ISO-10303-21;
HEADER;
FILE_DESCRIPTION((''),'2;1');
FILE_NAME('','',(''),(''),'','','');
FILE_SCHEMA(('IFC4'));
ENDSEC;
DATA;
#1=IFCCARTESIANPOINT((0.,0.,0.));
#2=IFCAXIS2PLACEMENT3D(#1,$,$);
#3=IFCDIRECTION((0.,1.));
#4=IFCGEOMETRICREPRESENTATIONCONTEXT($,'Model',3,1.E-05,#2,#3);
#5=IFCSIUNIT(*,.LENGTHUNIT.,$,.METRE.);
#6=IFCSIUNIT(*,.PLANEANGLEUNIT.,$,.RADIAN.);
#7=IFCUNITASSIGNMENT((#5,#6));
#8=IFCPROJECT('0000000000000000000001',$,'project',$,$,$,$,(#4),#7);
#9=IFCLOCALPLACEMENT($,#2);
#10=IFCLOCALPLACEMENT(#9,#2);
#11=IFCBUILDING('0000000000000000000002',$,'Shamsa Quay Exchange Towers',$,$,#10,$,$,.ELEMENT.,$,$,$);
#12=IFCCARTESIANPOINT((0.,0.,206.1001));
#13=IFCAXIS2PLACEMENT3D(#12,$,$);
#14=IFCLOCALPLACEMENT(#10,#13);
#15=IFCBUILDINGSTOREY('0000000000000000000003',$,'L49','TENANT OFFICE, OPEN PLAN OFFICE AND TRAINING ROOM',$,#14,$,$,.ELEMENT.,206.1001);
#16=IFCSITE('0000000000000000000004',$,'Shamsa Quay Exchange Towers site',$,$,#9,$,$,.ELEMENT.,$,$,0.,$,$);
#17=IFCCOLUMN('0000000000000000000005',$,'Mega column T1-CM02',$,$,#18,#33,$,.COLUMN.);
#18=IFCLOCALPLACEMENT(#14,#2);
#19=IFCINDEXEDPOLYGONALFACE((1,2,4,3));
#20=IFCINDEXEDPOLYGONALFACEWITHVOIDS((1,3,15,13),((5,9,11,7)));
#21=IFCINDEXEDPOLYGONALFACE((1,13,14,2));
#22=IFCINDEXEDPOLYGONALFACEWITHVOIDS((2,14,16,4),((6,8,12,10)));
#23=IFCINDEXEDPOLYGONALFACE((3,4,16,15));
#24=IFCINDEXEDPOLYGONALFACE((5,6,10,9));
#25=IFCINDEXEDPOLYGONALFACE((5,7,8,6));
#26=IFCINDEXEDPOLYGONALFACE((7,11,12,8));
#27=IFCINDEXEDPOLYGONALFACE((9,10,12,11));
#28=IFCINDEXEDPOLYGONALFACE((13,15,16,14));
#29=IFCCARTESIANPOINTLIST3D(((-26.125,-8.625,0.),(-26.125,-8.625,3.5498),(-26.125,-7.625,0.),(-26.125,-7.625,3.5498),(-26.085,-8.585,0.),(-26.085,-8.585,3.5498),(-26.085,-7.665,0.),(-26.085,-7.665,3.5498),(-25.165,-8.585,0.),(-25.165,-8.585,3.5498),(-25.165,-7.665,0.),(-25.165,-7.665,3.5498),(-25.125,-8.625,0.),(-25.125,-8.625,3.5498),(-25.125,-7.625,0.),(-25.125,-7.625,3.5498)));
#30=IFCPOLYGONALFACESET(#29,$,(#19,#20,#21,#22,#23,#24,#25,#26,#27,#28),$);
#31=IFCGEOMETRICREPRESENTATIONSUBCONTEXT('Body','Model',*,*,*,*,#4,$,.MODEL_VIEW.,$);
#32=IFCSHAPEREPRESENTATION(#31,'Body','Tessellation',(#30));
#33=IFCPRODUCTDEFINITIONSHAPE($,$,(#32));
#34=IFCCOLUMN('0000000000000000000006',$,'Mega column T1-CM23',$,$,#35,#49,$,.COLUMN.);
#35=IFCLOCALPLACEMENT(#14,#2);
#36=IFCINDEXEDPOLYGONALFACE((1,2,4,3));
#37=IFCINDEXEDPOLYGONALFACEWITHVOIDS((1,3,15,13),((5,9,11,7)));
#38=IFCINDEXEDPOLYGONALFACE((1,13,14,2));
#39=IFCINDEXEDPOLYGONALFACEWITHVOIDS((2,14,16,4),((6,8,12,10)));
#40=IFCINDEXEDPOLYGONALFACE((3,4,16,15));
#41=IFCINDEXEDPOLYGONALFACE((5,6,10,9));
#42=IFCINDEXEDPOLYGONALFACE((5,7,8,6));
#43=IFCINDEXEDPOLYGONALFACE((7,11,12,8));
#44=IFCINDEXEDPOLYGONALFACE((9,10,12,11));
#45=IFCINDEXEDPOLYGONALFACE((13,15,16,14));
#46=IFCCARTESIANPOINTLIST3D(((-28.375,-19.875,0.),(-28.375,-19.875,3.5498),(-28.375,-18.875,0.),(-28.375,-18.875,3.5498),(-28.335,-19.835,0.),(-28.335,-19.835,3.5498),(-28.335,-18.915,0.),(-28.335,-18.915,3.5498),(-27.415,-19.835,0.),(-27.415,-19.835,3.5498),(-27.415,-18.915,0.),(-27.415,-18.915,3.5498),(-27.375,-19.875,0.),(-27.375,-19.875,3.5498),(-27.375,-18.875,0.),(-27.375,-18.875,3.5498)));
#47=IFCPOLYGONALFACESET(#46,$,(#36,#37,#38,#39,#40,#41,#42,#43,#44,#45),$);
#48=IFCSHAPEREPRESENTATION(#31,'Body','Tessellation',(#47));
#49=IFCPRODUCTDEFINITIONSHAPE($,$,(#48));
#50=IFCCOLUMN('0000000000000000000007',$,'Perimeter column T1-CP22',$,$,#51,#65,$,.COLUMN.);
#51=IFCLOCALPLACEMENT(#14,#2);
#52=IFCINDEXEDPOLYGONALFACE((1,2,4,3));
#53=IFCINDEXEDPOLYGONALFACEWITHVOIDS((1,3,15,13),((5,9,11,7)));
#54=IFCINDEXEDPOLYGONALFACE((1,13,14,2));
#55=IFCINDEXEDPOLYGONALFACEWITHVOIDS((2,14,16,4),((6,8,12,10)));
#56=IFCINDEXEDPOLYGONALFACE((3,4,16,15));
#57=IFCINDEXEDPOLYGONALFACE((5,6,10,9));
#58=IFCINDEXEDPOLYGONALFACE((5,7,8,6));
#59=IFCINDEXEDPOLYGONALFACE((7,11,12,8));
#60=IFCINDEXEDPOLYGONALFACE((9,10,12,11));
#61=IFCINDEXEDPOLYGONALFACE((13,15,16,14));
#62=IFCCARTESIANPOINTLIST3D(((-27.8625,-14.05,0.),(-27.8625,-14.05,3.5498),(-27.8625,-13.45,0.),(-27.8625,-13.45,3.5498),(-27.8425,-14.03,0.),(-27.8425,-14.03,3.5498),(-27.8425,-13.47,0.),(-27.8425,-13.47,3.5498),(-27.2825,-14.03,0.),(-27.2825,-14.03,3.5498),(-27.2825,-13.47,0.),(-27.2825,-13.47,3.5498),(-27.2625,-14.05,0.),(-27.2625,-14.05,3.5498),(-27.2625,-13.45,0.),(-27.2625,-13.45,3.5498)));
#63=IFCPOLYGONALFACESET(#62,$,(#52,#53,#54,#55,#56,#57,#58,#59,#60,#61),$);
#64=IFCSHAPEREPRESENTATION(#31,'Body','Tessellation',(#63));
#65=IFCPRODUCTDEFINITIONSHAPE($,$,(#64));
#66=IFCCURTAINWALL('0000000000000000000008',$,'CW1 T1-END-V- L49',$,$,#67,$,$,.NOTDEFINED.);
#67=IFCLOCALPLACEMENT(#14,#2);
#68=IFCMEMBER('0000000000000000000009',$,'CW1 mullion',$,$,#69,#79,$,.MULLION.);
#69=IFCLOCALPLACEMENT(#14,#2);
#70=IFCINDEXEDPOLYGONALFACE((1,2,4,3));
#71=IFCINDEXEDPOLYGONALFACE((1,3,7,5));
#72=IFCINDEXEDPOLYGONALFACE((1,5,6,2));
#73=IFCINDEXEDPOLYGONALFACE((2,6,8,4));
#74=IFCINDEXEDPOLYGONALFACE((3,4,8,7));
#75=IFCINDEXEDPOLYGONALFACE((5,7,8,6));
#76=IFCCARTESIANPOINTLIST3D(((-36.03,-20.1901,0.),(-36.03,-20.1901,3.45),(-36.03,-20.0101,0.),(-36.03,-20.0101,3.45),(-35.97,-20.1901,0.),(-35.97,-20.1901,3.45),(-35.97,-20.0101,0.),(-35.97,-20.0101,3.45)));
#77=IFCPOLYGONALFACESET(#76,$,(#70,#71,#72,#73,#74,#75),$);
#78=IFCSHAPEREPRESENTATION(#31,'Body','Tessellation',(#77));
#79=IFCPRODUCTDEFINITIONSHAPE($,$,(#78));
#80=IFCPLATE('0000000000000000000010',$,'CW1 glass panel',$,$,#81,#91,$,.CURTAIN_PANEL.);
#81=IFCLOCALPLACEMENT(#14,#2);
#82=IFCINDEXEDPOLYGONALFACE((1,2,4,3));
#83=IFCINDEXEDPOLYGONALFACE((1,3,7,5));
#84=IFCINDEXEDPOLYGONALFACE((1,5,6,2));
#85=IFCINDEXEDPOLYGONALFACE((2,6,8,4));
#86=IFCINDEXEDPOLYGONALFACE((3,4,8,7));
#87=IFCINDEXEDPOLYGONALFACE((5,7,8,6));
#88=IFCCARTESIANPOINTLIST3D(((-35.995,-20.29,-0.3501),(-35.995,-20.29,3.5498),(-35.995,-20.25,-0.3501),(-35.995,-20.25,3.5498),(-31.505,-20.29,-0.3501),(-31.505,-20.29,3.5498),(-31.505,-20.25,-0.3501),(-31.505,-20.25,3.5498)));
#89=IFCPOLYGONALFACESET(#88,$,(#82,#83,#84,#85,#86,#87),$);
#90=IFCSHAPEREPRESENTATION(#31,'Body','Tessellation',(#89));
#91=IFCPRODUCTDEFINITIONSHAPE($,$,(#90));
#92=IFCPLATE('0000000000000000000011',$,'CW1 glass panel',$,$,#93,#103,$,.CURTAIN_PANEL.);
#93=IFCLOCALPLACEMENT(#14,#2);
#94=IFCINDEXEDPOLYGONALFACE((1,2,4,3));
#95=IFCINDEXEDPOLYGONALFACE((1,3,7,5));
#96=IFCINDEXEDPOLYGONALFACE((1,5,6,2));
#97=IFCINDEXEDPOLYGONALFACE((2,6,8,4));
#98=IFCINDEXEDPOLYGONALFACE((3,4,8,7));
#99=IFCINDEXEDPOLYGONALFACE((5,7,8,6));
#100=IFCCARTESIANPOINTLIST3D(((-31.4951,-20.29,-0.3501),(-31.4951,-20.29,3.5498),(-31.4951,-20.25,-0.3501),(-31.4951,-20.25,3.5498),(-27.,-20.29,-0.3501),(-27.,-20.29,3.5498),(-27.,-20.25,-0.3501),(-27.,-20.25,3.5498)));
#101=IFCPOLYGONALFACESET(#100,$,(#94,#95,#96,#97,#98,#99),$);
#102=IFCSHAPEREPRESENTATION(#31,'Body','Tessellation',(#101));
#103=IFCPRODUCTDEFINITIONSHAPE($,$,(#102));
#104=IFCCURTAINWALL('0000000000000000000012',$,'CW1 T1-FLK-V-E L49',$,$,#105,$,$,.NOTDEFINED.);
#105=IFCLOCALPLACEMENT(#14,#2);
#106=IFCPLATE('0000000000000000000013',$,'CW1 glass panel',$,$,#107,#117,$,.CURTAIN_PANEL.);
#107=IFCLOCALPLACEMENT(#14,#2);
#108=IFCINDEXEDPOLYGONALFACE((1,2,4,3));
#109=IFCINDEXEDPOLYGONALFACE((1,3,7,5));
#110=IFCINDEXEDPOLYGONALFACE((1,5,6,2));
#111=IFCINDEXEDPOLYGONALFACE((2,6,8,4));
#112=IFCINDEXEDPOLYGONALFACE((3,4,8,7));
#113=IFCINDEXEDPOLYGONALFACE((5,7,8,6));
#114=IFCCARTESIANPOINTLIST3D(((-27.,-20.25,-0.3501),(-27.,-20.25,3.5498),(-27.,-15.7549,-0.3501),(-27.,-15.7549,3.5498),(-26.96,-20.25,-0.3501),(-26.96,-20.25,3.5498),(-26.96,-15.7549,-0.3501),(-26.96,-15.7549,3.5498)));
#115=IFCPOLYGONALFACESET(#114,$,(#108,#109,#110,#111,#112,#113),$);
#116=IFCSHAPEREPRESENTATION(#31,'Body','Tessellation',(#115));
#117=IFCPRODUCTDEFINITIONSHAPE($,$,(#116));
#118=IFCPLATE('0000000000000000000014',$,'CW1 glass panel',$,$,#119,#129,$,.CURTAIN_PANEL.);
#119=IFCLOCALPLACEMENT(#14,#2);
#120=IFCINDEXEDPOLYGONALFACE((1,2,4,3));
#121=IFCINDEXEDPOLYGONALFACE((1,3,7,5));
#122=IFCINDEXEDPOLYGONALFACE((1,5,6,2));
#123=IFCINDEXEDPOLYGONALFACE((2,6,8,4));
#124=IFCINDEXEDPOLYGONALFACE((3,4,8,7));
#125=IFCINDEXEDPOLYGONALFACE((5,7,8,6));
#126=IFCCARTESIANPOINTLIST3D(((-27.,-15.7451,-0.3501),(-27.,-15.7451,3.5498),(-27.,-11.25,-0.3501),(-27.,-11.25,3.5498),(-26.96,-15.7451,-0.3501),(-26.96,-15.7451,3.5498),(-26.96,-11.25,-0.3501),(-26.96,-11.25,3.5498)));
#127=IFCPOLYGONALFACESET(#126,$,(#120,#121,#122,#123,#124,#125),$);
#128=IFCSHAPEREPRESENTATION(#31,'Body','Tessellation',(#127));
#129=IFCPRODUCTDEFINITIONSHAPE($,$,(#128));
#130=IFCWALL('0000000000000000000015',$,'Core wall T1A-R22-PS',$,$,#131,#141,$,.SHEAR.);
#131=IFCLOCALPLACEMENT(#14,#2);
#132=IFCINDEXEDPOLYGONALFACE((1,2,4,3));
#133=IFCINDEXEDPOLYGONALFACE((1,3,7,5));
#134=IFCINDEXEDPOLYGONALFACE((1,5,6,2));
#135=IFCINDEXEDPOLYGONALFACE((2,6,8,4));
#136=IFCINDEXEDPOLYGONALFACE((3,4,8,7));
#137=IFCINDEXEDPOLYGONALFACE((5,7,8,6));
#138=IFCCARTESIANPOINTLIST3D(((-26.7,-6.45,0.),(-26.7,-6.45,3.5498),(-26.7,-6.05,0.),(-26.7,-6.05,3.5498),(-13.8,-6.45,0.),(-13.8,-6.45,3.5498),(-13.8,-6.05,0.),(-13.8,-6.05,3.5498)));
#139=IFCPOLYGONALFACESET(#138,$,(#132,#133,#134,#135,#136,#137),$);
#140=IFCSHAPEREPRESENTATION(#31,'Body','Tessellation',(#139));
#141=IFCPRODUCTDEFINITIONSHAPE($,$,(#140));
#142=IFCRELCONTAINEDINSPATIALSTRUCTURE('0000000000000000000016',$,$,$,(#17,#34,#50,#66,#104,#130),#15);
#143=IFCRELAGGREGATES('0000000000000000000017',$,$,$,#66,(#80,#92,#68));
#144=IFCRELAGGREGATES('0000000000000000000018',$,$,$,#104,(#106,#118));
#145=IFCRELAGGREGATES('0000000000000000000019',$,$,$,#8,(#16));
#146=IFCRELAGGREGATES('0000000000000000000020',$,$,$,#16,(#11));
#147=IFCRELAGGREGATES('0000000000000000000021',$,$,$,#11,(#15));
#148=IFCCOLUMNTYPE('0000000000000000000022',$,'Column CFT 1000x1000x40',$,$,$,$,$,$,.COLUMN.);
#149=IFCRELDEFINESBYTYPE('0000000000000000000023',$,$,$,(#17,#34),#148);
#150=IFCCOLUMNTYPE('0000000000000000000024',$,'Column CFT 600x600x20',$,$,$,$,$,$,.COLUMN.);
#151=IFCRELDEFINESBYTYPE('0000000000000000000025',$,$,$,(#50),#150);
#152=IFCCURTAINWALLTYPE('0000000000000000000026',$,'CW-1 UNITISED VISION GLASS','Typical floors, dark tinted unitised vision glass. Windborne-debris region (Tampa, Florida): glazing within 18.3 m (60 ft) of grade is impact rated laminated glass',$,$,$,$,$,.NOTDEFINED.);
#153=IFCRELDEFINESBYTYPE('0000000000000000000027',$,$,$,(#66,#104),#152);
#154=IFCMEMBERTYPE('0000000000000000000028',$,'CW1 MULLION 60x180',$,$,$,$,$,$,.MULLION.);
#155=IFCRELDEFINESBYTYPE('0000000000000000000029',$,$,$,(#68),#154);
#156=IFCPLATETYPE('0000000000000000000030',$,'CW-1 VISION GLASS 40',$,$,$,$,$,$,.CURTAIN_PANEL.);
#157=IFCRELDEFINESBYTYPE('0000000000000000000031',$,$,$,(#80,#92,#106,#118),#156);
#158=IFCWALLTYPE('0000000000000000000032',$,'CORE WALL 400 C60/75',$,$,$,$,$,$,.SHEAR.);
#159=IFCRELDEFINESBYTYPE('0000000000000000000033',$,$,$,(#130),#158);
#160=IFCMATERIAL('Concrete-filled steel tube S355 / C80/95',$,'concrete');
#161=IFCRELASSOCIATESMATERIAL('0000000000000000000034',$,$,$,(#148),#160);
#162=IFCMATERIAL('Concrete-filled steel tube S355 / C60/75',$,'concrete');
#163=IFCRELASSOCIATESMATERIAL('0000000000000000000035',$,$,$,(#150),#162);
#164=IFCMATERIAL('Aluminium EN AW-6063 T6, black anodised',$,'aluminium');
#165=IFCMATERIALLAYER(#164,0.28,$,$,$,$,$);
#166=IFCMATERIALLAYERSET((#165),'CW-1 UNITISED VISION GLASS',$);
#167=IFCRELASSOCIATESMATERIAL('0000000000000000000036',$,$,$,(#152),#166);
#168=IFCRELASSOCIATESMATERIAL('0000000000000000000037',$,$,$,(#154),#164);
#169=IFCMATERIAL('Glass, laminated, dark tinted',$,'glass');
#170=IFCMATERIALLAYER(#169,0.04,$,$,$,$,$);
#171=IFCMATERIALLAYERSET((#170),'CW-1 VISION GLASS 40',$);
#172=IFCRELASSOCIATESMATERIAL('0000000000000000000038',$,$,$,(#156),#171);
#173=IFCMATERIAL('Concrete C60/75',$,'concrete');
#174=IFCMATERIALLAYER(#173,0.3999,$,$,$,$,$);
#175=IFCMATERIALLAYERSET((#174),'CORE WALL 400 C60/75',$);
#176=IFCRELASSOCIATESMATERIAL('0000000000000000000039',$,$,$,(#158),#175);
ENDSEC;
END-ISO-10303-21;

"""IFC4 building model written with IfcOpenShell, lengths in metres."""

from ifc_helpers import new_model, si_unit, direction, frame, frame_2d, origin, origin_2d, place, context, subcontext, project, spatial, rectangle, hollow_rectangle, extrude, material, layer, layer_set, material_profile, profile_set, type_object, element, aggregate, save


model = new_model("IFC4")

# Units and contexts
model_context = context("Model", 3, precision=1e-05, world=origin(), true_north=direction((0.0, 1.0)))
body_context = subcontext(model_context, "Body", "Model", "MODEL_VIEW")
ifc_project = project(units=[si_unit("LENGTHUNIT", "METRE"), si_unit("PLANEANGLEUNIT", "RADIAN")], contexts=[model_context])

# Site, building, storey
site_placement = place(None, origin())
site = spatial("IfcSite", under=ifc_project, at=site_placement, Name="Shamsa Quay Exchange Towers site", CompositionType="ELEMENT", RefElevation=0.0)
building_placement = place(site_placement, origin())
building = spatial("IfcBuilding", under=site, at=building_placement, Name="Shamsa Quay Exchange Towers", CompositionType="ELEMENT")
storey_placement = place(building_placement, frame((0.0, 0.0, 206.1001)))
storey = spatial("IfcBuildingStorey", under=building, at=storey_placement, Name="L49", Description="TENANT OFFICE, OPEN PLAN OFFICE AND TRAINING ROOM", CompositionType="ELEMENT", Elevation=206.1001)

# Columns
ifc_material_1 = material(Name="Concrete-filled steel tube S355 / C80/95", Category="concrete")
ifc_material_profile_1 = material_profile(ifc_material_1, hollow_rectangle(XDim=1.0, YDim=1.0, WallThickness=0.04, at=origin_2d()), Name="CFT 1000x1000x40")
ifc_profile_set_1 = profile_set([ifc_material_profile_1], Name="Concrete-filled steel tube S355 / C80/95")
column_type_1 = type_object("IfcColumnType", Name="Column CFT 1000x1000x40", PredefinedType="COLUMN", material=ifc_profile_set_1)
for number, where, name in (
    (1, (-25.625, -8.125, 0.0), "Mega column T1-CM02"),
    (2, (-27.875, -19.375, 0.0), "Mega column T1-CM23"),
):
    element("IfcColumn", number, at=place(storey_placement, frame(where)), inside=storey, type_object=column_type_1, Name=name, PredefinedType="COLUMN", context=body_context, shape_type="SweptSolid", body=[
        extrude(hollow_rectangle(XDim=1.0, YDim=1.0, WallThickness=0.04, at=origin_2d()), origin(), (0.0, 0.0, 1.0), 3.5498),
    ])
ifc_material_2 = material(Name="Concrete-filled steel tube S355 / C60/75", Category="concrete")
ifc_material_profile_2 = material_profile(ifc_material_2, hollow_rectangle(XDim=0.6001, YDim=0.6001, WallThickness=0.02, at=origin_2d()), Name="CFT 600x600x20")
ifc_profile_set_2 = profile_set([ifc_material_profile_2], Name="Concrete-filled steel tube S355 / C60/75")
column_type_2 = type_object("IfcColumnType", Name="Column CFT 600x600x20", PredefinedType="COLUMN", material=ifc_profile_set_2)
column_placement = place(storey_placement, frame((-27.5625, -13.75, 0.0)))
element("IfcColumn", 3, at=column_placement, inside=storey, type_object=column_type_2, Name="Perimeter column T1-CP22", PredefinedType="COLUMN", context=body_context, shape_type="SweptSolid", body=[
    extrude(hollow_rectangle(XDim=0.6001, YDim=0.6001, WallThickness=0.02, at=origin_2d()), origin(), (0.0, 0.0, 1.0), 3.5498),
])

# Curtain wall, member, plates
ifc_material_3 = material(Name="Aluminium EN AW-6063 T6, black anodised", Category="aluminium")
ifc_layer_1 = layer(ifc_material_3, 0.28)
ifc_layer_set_1 = layer_set([ifc_layer_1], Name="CW-1 UNITISED VISION GLASS")
curtain_wall_type = type_object("IfcCurtainWallType", Name="CW-1 UNITISED VISION GLASS", Description="Typical floors, dark tinted unitised vision glass. Windborne-debris region (Tampa, Florida): glazing within 18.3 m (60 ft) of grade is impact rated laminated glass", PredefinedType="NOTDEFINED", material=ifc_layer_set_1)
curtain_wall_1_placement = place(storey_placement, origin())
curtain_wall_1 = element("IfcCurtainWall", 4, at=curtain_wall_1_placement, inside=storey, type_object=curtain_wall_type, Name="CW1 T1-END-V- L49", PredefinedType="NOTDEFINED")
ifc_material_profile_3 = material_profile(ifc_material_3, rectangle(XDim=0.1799, YDim=0.0601, at=origin_2d()), Name="MU60x180")
ifc_profile_set_3 = profile_set([ifc_material_profile_3], Name="Aluminium EN AW-6063 T6, black anodised")
member_type = type_object("IfcMemberType", Name="CW1 MULLION 60x180", PredefinedType="MULLION", material=ifc_profile_set_3)
member_placement = place(storey_placement, frame((-36.0, -20.1001, 0.0), z_axis=(0.0, 0.0, 1.0), x_axis=(0.0, 1.0, 0.0)))
member = element("IfcMember", 5, at=member_placement, type_object=member_type, Name="CW1 mullion", PredefinedType="MULLION", context=body_context, shape_type="SweptSolid", body=[
    extrude(rectangle(XDim=0.1799, YDim=0.0601, at=origin_2d()), origin(), (0.0, 0.0, 1.0), 3.45),
])
ifc_material_4 = material(Name="Glass, laminated, dark tinted", Category="glass")
ifc_layer_2 = layer(ifc_material_4, 0.04)
ifc_layer_set_2 = layer_set([ifc_layer_2], Name="CW-1 VISION GLASS 40")
plate_type = type_object("IfcPlateType", Name="CW-1 VISION GLASS 40", PredefinedType="CURTAIN_PANEL", material=ifc_layer_set_2)
plate_1_placement = place(storey_placement, frame((-33.75, -20.27, -0.3501)))
plate_1 = element("IfcPlate", 6, at=plate_1_placement, type_object=plate_type, Name="CW1 glass panel", PredefinedType="CURTAIN_PANEL", context=body_context, shape_type="SweptSolid", body=[
    extrude(rectangle(XDim=4.49, YDim=0.04, at=origin_2d()), origin(), (0.0, 0.0, 1.0), 3.8999),
])
plate_2_placement = place(storey_placement, frame((-29.2476, -20.27, -0.3501)))
plate_2 = element("IfcPlate", 7, at=plate_2_placement, type_object=plate_type, Name="CW1 glass panel", PredefinedType="CURTAIN_PANEL", context=body_context, shape_type="SweptSolid", body=[
    extrude(rectangle(XDim=4.4951, YDim=0.04, at=origin_2d()), origin(), (0.0, 0.0, 1.0), 3.8999),
])
aggregate(curtain_wall_1, [plate_1, plate_2, member])

# Curtain wall, plates
curtain_wall_2_placement = place(storey_placement, origin())
curtain_wall_2 = element("IfcCurtainWall", 8, at=curtain_wall_2_placement, inside=storey, type_object=curtain_wall_type, Name="CW1 T1-FLK-V-E L49", PredefinedType="NOTDEFINED")
plate_3_placement = place(storey_placement, frame((-26.98, -18.0024, -0.3501), z_axis=(0.0, 0.0, 1.0), x_axis=(0.0, 1.0, 0.0)))
plate_3 = element("IfcPlate", 9, at=plate_3_placement, type_object=plate_type, Name="CW1 glass panel", PredefinedType="CURTAIN_PANEL", context=body_context, shape_type="SweptSolid", body=[
    extrude(rectangle(XDim=4.4951, YDim=0.04, at=origin_2d()), origin(), (0.0, 0.0, 1.0), 3.8999),
])
plate_4_placement = place(storey_placement, frame((-26.98, -13.4976, -0.3501), z_axis=(0.0, 0.0, 1.0), x_axis=(0.0, 1.0, 0.0)))
plate_4 = element("IfcPlate", 10, at=plate_4_placement, type_object=plate_type, Name="CW1 glass panel", PredefinedType="CURTAIN_PANEL", context=body_context, shape_type="SweptSolid", body=[
    extrude(rectangle(XDim=4.4951, YDim=0.04, at=origin_2d()), origin(), (0.0, 0.0, 1.0), 3.8999),
])
aggregate(curtain_wall_2, [plate_3, plate_4])

# Wall
ifc_material_5 = material(Name="Concrete C60/75", Category="concrete")
ifc_layer_3 = layer(ifc_material_5, 0.3999)
ifc_layer_set_3 = layer_set([ifc_layer_3], Name="CORE WALL 400 C60/75")
wall_type_1 = type_object("IfcWallType", Name="CORE WALL 400 C60/75", PredefinedType="SHEAR", material=ifc_layer_set_3)
wall_1_placement = place(storey_placement, frame((-26.7, -6.25, 0.0)))
element("IfcWall", 11, at=wall_1_placement, inside=storey, type_object=wall_type_1, Name="Core wall T1A-R22-PS", PredefinedType="SHEAR", context=body_context, shape_type="SweptSolid", body=[
    extrude(rectangle(XDim=12.8999, YDim=0.3999, at=frame_2d((6.45, 0.0))), origin(), (0.0, 0.0, 1.0), 3.5498),
])

save(model, "model.ifc")
